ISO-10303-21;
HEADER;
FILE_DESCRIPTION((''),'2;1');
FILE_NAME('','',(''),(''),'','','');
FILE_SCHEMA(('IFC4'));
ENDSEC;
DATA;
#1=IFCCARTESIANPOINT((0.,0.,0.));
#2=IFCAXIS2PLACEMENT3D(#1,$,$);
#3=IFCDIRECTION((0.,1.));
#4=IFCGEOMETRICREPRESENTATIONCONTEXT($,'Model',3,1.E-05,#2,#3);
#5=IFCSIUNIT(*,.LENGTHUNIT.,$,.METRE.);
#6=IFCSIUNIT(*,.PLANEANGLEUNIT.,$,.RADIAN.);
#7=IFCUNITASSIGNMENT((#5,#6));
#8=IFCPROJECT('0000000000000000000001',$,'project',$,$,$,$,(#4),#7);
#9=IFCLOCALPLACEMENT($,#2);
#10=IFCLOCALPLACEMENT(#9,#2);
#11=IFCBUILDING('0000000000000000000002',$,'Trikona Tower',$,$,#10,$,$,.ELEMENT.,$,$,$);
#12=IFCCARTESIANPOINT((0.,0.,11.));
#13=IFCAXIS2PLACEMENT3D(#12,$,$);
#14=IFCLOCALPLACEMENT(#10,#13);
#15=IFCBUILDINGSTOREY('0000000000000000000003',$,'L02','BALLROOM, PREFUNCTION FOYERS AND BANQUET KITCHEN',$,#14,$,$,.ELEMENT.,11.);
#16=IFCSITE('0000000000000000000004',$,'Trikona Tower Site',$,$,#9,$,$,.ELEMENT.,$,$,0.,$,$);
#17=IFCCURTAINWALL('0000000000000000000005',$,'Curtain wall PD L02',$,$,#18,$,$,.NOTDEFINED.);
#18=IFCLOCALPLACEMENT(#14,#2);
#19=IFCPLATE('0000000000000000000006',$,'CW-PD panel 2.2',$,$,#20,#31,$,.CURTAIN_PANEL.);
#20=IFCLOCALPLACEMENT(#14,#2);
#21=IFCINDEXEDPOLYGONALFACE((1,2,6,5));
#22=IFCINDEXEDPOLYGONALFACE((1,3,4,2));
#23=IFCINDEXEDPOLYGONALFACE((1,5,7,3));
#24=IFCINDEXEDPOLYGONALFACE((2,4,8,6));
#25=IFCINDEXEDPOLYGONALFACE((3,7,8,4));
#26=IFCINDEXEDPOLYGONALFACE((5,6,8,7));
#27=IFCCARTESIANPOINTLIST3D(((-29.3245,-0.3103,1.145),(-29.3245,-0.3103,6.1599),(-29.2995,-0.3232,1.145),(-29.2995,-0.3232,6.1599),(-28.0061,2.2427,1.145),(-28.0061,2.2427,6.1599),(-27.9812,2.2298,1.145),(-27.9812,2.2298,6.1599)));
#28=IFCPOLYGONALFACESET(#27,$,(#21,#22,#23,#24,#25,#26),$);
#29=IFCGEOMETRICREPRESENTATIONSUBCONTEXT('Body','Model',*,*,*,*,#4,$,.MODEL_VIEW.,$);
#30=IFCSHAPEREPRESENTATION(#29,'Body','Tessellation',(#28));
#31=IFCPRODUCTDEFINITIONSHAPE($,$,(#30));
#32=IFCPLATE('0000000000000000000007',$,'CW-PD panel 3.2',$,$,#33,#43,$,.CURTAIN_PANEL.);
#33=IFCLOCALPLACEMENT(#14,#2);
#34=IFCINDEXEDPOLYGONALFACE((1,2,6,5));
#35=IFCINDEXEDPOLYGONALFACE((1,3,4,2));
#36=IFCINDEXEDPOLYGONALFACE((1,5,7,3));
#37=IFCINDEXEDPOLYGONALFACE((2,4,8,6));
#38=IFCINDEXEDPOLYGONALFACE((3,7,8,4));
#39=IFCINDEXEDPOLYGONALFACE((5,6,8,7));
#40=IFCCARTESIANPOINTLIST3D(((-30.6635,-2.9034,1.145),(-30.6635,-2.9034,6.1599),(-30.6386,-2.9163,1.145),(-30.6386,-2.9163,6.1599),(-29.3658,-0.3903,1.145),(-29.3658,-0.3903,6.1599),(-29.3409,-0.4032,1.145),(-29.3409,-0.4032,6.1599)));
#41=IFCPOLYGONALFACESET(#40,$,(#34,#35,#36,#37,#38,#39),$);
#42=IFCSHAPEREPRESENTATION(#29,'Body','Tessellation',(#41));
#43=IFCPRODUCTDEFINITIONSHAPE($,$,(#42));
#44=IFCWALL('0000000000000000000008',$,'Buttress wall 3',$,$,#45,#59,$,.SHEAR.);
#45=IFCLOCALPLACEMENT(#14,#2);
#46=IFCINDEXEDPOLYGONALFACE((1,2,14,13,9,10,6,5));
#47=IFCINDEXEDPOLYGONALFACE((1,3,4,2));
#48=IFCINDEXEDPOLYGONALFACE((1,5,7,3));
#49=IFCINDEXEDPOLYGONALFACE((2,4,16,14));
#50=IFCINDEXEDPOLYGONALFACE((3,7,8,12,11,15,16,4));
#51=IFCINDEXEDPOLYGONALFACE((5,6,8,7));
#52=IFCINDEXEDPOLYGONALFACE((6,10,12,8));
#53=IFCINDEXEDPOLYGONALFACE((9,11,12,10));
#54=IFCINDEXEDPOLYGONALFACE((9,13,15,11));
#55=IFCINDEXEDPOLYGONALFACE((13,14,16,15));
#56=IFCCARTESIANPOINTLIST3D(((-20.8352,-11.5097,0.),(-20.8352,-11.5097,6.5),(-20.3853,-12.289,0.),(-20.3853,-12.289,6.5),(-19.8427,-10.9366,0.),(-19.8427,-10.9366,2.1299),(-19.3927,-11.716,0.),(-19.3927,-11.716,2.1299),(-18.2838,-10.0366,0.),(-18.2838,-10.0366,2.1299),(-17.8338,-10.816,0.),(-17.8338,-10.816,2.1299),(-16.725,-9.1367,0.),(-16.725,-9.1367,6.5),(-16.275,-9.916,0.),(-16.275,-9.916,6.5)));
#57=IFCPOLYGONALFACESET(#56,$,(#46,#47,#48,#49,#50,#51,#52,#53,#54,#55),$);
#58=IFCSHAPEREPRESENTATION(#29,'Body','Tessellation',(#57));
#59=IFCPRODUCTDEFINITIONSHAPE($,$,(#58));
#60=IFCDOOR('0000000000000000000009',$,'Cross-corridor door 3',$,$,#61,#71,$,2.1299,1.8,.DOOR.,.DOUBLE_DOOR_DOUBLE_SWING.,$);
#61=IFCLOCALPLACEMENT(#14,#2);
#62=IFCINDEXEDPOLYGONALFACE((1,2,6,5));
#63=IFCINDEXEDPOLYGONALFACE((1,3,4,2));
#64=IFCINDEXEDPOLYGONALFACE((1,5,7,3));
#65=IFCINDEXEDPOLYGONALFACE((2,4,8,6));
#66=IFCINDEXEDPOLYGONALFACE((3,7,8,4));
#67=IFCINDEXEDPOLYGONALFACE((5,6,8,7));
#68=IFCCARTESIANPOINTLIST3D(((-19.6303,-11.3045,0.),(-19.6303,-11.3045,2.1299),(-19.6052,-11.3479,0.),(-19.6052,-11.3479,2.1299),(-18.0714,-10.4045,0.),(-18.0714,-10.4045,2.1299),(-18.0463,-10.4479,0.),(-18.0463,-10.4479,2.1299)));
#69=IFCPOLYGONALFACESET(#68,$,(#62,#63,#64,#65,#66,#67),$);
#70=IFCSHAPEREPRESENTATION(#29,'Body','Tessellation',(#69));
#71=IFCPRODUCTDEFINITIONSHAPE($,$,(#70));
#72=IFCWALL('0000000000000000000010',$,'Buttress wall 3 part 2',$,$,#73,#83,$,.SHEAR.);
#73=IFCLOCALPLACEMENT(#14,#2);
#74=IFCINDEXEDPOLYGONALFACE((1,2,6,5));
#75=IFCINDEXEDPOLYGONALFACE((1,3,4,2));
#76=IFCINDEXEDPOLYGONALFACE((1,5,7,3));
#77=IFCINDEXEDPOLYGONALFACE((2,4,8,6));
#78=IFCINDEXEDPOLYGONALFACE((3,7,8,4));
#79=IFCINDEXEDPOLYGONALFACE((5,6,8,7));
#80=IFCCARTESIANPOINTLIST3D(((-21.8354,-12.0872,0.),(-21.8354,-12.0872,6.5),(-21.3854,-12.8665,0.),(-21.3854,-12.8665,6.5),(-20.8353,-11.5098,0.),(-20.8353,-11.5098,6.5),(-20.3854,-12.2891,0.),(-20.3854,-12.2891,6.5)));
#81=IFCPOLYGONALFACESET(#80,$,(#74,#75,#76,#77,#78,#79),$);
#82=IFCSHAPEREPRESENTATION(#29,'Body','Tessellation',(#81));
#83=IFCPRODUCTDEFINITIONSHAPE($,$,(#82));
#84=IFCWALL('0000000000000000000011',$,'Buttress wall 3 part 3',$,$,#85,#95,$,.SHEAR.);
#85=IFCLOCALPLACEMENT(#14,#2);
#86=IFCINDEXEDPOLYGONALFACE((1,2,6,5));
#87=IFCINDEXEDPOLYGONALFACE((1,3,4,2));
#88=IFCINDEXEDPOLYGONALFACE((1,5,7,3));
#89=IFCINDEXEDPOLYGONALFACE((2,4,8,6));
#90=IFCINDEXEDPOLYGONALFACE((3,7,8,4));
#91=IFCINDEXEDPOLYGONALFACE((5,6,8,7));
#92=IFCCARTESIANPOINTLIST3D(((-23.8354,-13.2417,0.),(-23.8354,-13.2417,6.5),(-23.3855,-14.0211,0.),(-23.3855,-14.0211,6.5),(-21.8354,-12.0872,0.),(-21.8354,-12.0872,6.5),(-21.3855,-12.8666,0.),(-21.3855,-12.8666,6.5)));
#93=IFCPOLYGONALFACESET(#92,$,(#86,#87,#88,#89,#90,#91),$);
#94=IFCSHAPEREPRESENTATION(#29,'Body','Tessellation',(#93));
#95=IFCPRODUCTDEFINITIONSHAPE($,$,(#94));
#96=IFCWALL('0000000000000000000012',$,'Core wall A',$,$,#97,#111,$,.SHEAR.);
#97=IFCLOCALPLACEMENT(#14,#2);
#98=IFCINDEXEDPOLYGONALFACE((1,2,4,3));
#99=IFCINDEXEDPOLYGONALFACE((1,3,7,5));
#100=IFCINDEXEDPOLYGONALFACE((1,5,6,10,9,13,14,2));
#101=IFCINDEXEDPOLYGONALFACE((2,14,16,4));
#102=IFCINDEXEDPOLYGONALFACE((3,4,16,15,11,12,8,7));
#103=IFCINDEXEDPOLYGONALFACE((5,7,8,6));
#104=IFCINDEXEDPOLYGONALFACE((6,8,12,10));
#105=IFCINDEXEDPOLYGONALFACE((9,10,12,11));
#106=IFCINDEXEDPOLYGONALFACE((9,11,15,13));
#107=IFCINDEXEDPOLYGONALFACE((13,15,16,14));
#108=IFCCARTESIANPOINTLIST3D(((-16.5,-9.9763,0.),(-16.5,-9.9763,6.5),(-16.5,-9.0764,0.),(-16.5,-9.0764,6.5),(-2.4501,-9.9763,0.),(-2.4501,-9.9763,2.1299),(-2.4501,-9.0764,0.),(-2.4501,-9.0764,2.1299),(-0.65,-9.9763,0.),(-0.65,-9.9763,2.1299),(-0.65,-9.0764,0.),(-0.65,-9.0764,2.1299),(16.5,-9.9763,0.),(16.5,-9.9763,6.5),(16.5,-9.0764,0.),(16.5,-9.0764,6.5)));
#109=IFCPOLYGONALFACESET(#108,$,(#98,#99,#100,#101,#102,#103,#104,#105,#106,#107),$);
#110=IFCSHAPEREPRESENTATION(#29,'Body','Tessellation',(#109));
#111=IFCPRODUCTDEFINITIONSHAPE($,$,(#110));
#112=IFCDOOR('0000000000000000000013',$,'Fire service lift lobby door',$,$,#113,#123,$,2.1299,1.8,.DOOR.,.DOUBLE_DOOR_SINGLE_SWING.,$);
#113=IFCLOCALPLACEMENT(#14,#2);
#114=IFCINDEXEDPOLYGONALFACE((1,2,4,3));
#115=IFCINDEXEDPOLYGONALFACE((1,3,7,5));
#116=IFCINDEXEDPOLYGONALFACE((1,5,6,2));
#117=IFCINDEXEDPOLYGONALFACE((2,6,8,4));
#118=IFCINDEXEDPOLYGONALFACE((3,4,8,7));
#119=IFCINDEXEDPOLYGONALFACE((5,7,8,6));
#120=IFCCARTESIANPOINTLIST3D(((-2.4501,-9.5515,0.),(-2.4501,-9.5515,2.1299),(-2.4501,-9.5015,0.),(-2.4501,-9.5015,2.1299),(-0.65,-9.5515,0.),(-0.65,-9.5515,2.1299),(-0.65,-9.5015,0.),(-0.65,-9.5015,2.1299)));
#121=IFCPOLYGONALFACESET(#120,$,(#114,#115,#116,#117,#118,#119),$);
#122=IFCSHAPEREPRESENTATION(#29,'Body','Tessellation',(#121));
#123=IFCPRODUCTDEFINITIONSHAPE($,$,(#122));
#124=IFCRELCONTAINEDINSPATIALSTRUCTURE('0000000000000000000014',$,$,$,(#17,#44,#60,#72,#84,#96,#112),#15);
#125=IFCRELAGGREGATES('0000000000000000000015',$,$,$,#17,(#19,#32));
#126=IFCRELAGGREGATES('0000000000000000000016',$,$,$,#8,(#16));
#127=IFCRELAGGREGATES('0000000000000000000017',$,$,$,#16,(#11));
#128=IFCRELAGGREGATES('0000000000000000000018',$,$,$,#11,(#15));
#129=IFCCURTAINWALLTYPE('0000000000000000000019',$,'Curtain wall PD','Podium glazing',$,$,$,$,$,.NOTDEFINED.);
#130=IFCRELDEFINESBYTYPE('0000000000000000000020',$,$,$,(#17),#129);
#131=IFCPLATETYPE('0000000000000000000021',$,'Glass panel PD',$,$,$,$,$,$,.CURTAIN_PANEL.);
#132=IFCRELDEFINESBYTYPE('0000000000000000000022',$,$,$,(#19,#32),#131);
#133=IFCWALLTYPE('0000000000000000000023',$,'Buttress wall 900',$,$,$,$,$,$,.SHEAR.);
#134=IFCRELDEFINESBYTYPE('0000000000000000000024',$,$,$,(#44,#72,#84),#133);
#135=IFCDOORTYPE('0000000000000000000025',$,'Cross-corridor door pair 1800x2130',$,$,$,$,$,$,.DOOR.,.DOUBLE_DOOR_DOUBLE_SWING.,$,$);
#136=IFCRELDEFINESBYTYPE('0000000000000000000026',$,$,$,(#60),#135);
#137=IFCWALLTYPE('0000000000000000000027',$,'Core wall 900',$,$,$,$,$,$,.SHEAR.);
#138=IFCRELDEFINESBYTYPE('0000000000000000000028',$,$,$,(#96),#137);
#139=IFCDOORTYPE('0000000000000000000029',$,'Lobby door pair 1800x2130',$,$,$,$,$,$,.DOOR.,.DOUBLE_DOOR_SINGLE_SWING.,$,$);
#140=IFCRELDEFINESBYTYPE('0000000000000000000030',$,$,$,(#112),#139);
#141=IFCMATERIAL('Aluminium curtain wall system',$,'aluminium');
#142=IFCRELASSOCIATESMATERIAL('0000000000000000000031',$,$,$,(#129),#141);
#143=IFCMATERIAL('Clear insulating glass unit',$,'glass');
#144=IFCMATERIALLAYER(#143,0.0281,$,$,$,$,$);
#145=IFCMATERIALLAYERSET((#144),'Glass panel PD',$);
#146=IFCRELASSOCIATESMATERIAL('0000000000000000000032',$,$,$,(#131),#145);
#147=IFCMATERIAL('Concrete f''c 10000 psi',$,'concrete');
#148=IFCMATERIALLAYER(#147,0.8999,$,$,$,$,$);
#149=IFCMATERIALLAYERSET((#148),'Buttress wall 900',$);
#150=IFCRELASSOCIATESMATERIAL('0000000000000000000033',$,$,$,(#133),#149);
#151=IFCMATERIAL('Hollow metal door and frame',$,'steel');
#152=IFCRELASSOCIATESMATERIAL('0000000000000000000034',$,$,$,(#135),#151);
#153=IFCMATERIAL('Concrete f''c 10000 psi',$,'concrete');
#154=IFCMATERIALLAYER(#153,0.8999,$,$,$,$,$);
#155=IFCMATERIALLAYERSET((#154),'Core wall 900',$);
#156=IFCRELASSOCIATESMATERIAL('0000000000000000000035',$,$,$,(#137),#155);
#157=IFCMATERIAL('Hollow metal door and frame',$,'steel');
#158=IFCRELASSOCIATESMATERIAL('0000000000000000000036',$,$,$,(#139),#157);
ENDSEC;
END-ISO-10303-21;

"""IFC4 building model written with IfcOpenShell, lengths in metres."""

from ifc_helpers import new_model, si_unit, direction, frame, frame_2d, origin, origin_2d, place, context, subcontext, project, spatial, rectangle, extrude, material, layer, layer_set, type_object, element, fill, aggregate, save


model = new_model("IFC4")

# Units and contexts
model_context = context("Model", 3, precision=1e-05, world=origin(), true_north=direction((0.0, 1.0)))
body_context = subcontext(model_context, "Body", "Model", "MODEL_VIEW")
ifc_project = project(units=[si_unit("LENGTHUNIT", "METRE"), si_unit("PLANEANGLEUNIT", "RADIAN")], contexts=[model_context])

# Site, building, storey
site_placement = place(None, origin())
site = spatial("IfcSite", under=ifc_project, at=site_placement, Name="Trikona Tower Site", CompositionType="ELEMENT", RefElevation=0.0)
building_placement = place(site_placement, origin())
building = spatial("IfcBuilding", under=site, at=building_placement, Name="Trikona Tower", CompositionType="ELEMENT")
storey_placement = place(building_placement, frame((0.0, 0.0, 11.0)))
storey = spatial("IfcBuildingStorey", under=building, at=storey_placement, Name="L02", Description="BALLROOM, PREFUNCTION FOYERS AND BANQUET KITCHEN", CompositionType="ELEMENT", Elevation=11.0)

# Curtain wall
ifc_material_1 = material(Name="Aluminium curtain wall system", Category="aluminium")
curtain_wall_type = type_object("IfcCurtainWallType", Name="Curtain wall PD", Description="Podium glazing", PredefinedType="NOTDEFINED", material=ifc_material_1)
curtain_wall_placement = place(storey_placement, origin())
curtain_wall = element("IfcCurtainWall", 1, at=curtain_wall_placement, inside=storey, type_object=curtain_wall_type, Name="Curtain wall PD L02", PredefinedType="NOTDEFINED")

# Plates
ifc_material_2 = material(Name="Clear insulating glass unit", Category="glass")
ifc_layer_1 = layer(ifc_material_2, 0.0281)
ifc_layer_set_1 = layer_set([ifc_layer_1], Name="Glass panel PD")
plate_type = type_object("IfcPlateType", Name="Glass panel PD", PredefinedType="CURTAIN_PANEL", material=ifc_layer_set_1)
plate_1_placement = place(storey_placement, frame((-28.6528, 0.9597, 1.145), z_axis=(0.0, 0.0, 1.0), x_axis=(-0.458829, -0.888525, 0.0)))
plate_1 = element("IfcPlate", 2, at=plate_1_placement, type_object=plate_type, Name="CW-PD panel 2.2", PredefinedType="CURTAIN_PANEL", context=body_context, shape_type="SweptSolid", body=[
    extrude(rectangle(XDim=2.8733, YDim=0.0281, at=origin_2d()), origin(), (0.0, 0.0, 1.0), 5.0149),
])
plate_2_placement = place(storey_placement, frame((-30.0022, -1.6533, 1.145), z_axis=(0.0, 0.0, 1.0), x_axis=(-0.458829, -0.888525, 0.0)))
plate_2 = element("IfcPlate", 3, at=plate_2_placement, type_object=plate_type, Name="CW-PD panel 3.2", PredefinedType="CURTAIN_PANEL", context=body_context, shape_type="SweptSolid", body=[
    extrude(rectangle(XDim=2.8284, YDim=0.0281, at=origin_2d()), origin(), (0.0, 0.0, 1.0), 5.0149),
])
aggregate(curtain_wall, [plate_1, plate_2])

# Wall, opening, door
ifc_material_3 = material(Name="Concrete f'c 10000 psi", Category="concrete")
ifc_layer_2 = layer(ifc_material_3, 0.8999)
ifc_layer_set_2 = layer_set([ifc_layer_2], Name="Buttress wall 900")
wall_type_1 = type_object("IfcWallType", Name="Buttress wall 900", PredefinedType="SHEAR", material=ifc_layer_set_2)
wall_1_placement = place(storey_placement, frame((-16.5, -9.5264, 0.0), z_axis=(0.0, 0.0, 1.0), x_axis=(-0.866031, -0.49999, 0.0)))
wall_1 = element("IfcWall", 4, at=wall_1_placement, inside=storey, type_object=wall_type_1, Name="Buttress wall 3", PredefinedType="SHEAR", context=body_context, shape_type="SweptSolid", body=[
    extrude(rectangle(XDim=4.7461, YDim=0.8999, at=frame_2d((2.373, 0.0))), origin(), (0.0, 0.0, 1.0), 6.5),
])
opening_1_placement = place(wall_1_placement, frame((1.8, 0.0, 0.0)))
opening_1 = element("IfcOpeningElement", 5, at=opening_1_placement, cuts=wall_1, PredefinedType="OPENING", context=body_context, shape_type="SweptSolid", body=[
    extrude(rectangle(XDim=1.8, YDim=2.1299, at=frame_2d((0.8999, 1.0649))), frame((0.0, 0.46, 0.0), z_axis=(0.0, -1.0, 0.0), x_axis=(1.0, 0.0, 0.0)), (0.0, 0.0, 1.0), 0.9199),
])
ifc_material_4 = material(Name="Hollow metal door and frame", Category="steel")
door_type_1 = type_object("IfcDoorType", Name="Cross-corridor door pair 1800x2130", OperationType="DOUBLE_DOOR_DOUBLE_SWING", PredefinedType="DOOR", material=ifc_material_4)
door_1_placement = place(opening_1_placement, origin())
door_1 = element("IfcDoor", 6, at=door_1_placement, inside=storey, type_object=door_type_1, Name="Cross-corridor door 3", OperationType="DOUBLE_DOOR_DOUBLE_SWING", OverallHeight=2.1299, OverallWidth=1.8, PredefinedType="DOOR", context=body_context, shape_type="SweptSolid", body=[
    extrude(rectangle(XDim=1.8, YDim=2.1299, at=frame_2d((0.8999, 1.0649))), frame((0.0, 0.0249, 0.0), z_axis=(0.0, -1.0, 0.0), x_axis=(1.0, 0.0, 0.0)), (0.0, 0.0, 1.0), 0.05),
])
fill(opening_1, door_1)

# Walls
wall_2_placement = place(storey_placement, frame((-20.6104, -11.8994, 0.0), z_axis=(0.0, 0.0, 1.0), x_axis=(-0.86601, -0.500027, 0.0)))
element("IfcWall", 7, at=wall_2_placement, inside=storey, type_object=wall_type_1, Name="Buttress wall 3 part 2", PredefinedType="SHEAR", context=body_context, shape_type="SweptSolid", body=[
    extrude(rectangle(XDim=1.1548, YDim=0.8999, at=frame_2d((0.5774, 0.0))), origin(), (0.0, 0.0, 1.0), 6.5),
])
wall_3_placement = place(storey_placement, frame((-21.6104, -12.4768, 0.0), z_axis=(0.0, 0.0, 1.0), x_axis=(-0.866055, -0.499948, 0.0)))
element("IfcWall", 8, at=wall_3_placement, inside=storey, type_object=wall_type_1, Name="Buttress wall 3 part 3", PredefinedType="SHEAR", context=body_context, shape_type="SweptSolid", body=[
    extrude(rectangle(XDim=2.3093, YDim=0.8999, at=frame_2d((1.1548, 0.0))), origin(), (0.0, 0.0, 1.0), 6.5),
])

# Wall, opening, door
ifc_material_5 = material(Name="Concrete f'c 10000 psi", Category="concrete")
ifc_layer_3 = layer(ifc_material_5, 0.8999)
ifc_layer_set_3 = layer_set([ifc_layer_3], Name="Core wall 900")
wall_type_2 = type_object("IfcWallType", Name="Core wall 900", PredefinedType="SHEAR", material=ifc_layer_set_3)
wall_4_placement = place(storey_placement, frame((-16.5, -9.5264, 0.0), z_axis=(0.0, 0.0, 1.0), x_axis=(1.0, 0.0, 0.0)))
wall_4 = element("IfcWall", 9, at=wall_4_placement, inside=storey, type_object=wall_type_2, Name="Core wall A", PredefinedType="SHEAR", context=body_context, shape_type="SweptSolid", body=[
    extrude(rectangle(XDim=33.0, YDim=0.8999, at=frame_2d((16.5, 0.0))), origin(), (0.0, 0.0, 1.0), 6.5),
])
opening_2_placement = place(wall_4_placement, frame((14.05, 0.0, 0.0)))
opening_2 = element("IfcOpeningElement", 10, at=opening_2_placement, cuts=wall_4, PredefinedType="OPENING", context=body_context, shape_type="SweptSolid", body=[
    extrude(rectangle(XDim=1.8, YDim=2.1299, at=frame_2d((0.8999, 1.0649))), frame((0.0, 0.46, 0.0), z_axis=(0.0, -1.0, 0.0), x_axis=(1.0, 0.0, 0.0)), (0.0, 0.0, 1.0), 0.9199),
])
ifc_material_6 = material(Name="Hollow metal door and frame", Category="steel")
door_type_2 = type_object("IfcDoorType", Name="Lobby door pair 1800x2130", OperationType="DOUBLE_DOOR_SINGLE_SWING", PredefinedType="DOOR", material=ifc_material_6)
door_2_placement = place(opening_2_placement, origin())
door_2 = element("IfcDoor", 11, at=door_2_placement, inside=storey, type_object=door_type_2, Name="Fire service lift lobby door", OperationType="DOUBLE_DOOR_SINGLE_SWING", OverallHeight=2.1299, OverallWidth=1.8, PredefinedType="DOOR", context=body_context, shape_type="SweptSolid", body=[
    extrude(rectangle(XDim=1.8, YDim=2.1299, at=frame_2d((0.8999, 1.0649))), frame((0.0, 0.0249, 0.0), z_axis=(0.0, -1.0, 0.0), x_axis=(1.0, 0.0, 0.0)), (0.0, 0.0, 1.0), 0.05),
])
fill(opening_2, door_2)

save(model, "model.ifc")
